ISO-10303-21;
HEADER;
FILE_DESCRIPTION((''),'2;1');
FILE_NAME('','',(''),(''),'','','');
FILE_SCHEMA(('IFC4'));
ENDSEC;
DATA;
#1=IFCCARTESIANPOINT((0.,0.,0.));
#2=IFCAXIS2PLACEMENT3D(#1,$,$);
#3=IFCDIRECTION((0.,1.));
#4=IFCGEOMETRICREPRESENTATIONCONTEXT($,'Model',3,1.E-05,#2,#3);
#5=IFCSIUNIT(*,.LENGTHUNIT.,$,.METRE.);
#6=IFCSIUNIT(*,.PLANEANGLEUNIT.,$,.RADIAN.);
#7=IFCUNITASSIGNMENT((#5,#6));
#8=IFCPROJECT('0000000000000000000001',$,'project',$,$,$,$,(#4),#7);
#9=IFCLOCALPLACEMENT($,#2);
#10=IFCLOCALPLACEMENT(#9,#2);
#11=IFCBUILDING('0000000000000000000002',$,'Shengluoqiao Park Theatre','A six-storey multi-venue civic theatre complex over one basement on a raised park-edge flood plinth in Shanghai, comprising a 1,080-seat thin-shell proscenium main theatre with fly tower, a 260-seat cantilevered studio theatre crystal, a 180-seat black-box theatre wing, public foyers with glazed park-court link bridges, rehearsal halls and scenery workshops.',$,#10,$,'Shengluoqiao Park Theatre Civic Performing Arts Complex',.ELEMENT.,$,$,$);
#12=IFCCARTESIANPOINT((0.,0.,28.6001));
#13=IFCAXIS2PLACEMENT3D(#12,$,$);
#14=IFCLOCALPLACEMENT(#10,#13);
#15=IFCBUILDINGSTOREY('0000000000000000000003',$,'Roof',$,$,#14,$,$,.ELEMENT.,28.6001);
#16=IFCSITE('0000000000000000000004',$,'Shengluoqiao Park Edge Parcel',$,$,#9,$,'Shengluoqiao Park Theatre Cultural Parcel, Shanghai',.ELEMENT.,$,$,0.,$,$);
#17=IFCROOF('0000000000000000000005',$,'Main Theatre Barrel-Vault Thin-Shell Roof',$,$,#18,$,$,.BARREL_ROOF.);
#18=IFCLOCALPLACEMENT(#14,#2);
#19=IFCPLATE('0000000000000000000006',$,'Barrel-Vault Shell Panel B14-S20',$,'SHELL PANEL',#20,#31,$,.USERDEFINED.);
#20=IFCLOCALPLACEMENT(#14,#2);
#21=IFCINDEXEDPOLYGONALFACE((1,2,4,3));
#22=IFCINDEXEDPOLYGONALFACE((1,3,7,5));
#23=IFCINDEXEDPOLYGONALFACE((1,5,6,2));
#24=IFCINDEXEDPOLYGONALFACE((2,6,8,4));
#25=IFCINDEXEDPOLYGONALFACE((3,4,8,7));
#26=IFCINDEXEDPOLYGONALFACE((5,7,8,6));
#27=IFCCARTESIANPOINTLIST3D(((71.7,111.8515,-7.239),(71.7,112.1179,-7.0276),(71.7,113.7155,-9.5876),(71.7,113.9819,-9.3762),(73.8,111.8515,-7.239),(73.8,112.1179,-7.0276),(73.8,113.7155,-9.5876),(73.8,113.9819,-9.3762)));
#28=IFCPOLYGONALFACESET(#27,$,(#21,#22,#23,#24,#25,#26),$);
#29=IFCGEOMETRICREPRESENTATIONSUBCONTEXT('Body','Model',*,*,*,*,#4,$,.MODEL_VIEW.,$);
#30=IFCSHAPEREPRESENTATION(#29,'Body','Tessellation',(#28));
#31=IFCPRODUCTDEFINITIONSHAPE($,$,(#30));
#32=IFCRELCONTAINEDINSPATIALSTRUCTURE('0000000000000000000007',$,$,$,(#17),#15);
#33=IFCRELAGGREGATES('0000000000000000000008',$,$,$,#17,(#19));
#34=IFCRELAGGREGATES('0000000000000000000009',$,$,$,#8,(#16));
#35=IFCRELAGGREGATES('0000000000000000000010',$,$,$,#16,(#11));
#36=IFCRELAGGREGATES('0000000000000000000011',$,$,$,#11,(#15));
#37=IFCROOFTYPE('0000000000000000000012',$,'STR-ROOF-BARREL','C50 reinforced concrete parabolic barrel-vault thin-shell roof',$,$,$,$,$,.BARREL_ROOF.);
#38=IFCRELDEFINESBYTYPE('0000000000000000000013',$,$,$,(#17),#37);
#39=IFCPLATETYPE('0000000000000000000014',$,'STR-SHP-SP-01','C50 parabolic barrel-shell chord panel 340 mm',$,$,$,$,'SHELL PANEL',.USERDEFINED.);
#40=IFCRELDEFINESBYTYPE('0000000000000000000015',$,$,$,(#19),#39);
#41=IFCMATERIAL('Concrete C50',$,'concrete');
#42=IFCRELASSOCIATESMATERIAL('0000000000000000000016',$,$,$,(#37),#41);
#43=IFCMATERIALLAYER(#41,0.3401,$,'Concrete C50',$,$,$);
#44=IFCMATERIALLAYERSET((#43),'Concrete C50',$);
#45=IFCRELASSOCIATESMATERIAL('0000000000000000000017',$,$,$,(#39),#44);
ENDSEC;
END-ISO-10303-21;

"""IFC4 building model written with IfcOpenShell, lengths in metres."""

from ifc_helpers import new_model, si_unit, direction, frame, origin, place, context, subcontext, project, spatial, polyline, outline, extrude, material, layer, layer_set, type_object, element, aggregate, save


model = new_model("IFC4")

# Units and contexts
model_context = context("Model", 3, precision=1e-05, world=origin(), true_north=direction((0.0, 1.0)))
body_context = subcontext(model_context, "Body", "Model", "MODEL_VIEW")
ifc_project = project(units=[si_unit("LENGTHUNIT", "METRE"), si_unit("PLANEANGLEUNIT", "RADIAN")], contexts=[model_context])

# Site, building, storey
site_placement = place(None, origin())
site = spatial("IfcSite", under=ifc_project, at=site_placement, Name="Shengluoqiao Park Edge Parcel", LongName="Shengluoqiao Park Theatre Cultural Parcel, Shanghai", CompositionType="ELEMENT", RefElevation=0.0)
building_placement = place(site_placement, origin())
building = spatial("IfcBuilding", under=site, at=building_placement, Name="Shengluoqiao Park Theatre", Description="A six-storey multi-venue civic theatre complex over one basement on a raised park-edge flood plinth in Shanghai, comprising a 1,080-seat thin-shell proscenium main theatre with fly tower, a 260-seat cantilevered studio theatre crystal, a 180-seat black-box theatre wing, public foyers with glazed park-court link bridges, rehearsal halls and scenery workshops.", LongName="Shengluoqiao Park Theatre Civic Performing Arts Complex", CompositionType="ELEMENT")
storey_placement = place(building_placement, frame((0.0, 0.0, 28.6001)))
storey = spatial("IfcBuildingStorey", under=building, at=storey_placement, Name="Roof", CompositionType="ELEMENT", Elevation=28.6001)

# Shared definitions
ifc_material_1 = material(Name="Concrete C50", Category="concrete")

# Roof, plate
roof_type = type_object("IfcRoofType", Name="STR-ROOF-BARREL", Description="C50 reinforced concrete parabolic barrel-vault thin-shell roof", PredefinedType="BARREL_ROOF", material=ifc_material_1)
roof_placement = place(storey_placement, origin())
roof = element("IfcRoof", 1, at=roof_placement, inside=storey, type_object=roof_type, Name="Main Theatre Barrel-Vault Thin-Shell Roof", PredefinedType="BARREL_ROOF")
ifc_layer_1 = layer(ifc_material_1, 0.3401, Name="Concrete C50")
ifc_layer_set_1 = layer_set([ifc_layer_1], Name="Concrete C50")
plate_type_1 = type_object("IfcPlateType", Name="STR-SHP-SP-01", Description="C50 parabolic barrel-shell chord panel 340 mm", ElementType="SHELL PANEL", PredefinedType="USERDEFINED", material=ifc_layer_set_1)
plate_1_placement = place(storey_placement, frame((71.7, 112.1179, -7.0276), z_axis=(0.0, 0.783286, 0.621662), x_axis=(1.0, 0.0, 0.0)))
plate_1 = element("IfcPlate", 2, at=plate_1_placement, type_object=plate_type_1, Name="Barrel-Vault Shell Panel B14-S20", ObjectType="SHELL PANEL", PredefinedType="USERDEFINED", context=body_context, shape_type="SweptSolid", body=[
    extrude(outline(polyline([(0.0, 0.0), (2.1001, 0.0), (2.1001, 2.9984), (0.0, 2.9984), (0.0, 0.0)])), origin(), (0.0, 0.0, -1.0), 0.3401),
])
aggregate(roof, [plate_1])

save(model, "model.ifc")
